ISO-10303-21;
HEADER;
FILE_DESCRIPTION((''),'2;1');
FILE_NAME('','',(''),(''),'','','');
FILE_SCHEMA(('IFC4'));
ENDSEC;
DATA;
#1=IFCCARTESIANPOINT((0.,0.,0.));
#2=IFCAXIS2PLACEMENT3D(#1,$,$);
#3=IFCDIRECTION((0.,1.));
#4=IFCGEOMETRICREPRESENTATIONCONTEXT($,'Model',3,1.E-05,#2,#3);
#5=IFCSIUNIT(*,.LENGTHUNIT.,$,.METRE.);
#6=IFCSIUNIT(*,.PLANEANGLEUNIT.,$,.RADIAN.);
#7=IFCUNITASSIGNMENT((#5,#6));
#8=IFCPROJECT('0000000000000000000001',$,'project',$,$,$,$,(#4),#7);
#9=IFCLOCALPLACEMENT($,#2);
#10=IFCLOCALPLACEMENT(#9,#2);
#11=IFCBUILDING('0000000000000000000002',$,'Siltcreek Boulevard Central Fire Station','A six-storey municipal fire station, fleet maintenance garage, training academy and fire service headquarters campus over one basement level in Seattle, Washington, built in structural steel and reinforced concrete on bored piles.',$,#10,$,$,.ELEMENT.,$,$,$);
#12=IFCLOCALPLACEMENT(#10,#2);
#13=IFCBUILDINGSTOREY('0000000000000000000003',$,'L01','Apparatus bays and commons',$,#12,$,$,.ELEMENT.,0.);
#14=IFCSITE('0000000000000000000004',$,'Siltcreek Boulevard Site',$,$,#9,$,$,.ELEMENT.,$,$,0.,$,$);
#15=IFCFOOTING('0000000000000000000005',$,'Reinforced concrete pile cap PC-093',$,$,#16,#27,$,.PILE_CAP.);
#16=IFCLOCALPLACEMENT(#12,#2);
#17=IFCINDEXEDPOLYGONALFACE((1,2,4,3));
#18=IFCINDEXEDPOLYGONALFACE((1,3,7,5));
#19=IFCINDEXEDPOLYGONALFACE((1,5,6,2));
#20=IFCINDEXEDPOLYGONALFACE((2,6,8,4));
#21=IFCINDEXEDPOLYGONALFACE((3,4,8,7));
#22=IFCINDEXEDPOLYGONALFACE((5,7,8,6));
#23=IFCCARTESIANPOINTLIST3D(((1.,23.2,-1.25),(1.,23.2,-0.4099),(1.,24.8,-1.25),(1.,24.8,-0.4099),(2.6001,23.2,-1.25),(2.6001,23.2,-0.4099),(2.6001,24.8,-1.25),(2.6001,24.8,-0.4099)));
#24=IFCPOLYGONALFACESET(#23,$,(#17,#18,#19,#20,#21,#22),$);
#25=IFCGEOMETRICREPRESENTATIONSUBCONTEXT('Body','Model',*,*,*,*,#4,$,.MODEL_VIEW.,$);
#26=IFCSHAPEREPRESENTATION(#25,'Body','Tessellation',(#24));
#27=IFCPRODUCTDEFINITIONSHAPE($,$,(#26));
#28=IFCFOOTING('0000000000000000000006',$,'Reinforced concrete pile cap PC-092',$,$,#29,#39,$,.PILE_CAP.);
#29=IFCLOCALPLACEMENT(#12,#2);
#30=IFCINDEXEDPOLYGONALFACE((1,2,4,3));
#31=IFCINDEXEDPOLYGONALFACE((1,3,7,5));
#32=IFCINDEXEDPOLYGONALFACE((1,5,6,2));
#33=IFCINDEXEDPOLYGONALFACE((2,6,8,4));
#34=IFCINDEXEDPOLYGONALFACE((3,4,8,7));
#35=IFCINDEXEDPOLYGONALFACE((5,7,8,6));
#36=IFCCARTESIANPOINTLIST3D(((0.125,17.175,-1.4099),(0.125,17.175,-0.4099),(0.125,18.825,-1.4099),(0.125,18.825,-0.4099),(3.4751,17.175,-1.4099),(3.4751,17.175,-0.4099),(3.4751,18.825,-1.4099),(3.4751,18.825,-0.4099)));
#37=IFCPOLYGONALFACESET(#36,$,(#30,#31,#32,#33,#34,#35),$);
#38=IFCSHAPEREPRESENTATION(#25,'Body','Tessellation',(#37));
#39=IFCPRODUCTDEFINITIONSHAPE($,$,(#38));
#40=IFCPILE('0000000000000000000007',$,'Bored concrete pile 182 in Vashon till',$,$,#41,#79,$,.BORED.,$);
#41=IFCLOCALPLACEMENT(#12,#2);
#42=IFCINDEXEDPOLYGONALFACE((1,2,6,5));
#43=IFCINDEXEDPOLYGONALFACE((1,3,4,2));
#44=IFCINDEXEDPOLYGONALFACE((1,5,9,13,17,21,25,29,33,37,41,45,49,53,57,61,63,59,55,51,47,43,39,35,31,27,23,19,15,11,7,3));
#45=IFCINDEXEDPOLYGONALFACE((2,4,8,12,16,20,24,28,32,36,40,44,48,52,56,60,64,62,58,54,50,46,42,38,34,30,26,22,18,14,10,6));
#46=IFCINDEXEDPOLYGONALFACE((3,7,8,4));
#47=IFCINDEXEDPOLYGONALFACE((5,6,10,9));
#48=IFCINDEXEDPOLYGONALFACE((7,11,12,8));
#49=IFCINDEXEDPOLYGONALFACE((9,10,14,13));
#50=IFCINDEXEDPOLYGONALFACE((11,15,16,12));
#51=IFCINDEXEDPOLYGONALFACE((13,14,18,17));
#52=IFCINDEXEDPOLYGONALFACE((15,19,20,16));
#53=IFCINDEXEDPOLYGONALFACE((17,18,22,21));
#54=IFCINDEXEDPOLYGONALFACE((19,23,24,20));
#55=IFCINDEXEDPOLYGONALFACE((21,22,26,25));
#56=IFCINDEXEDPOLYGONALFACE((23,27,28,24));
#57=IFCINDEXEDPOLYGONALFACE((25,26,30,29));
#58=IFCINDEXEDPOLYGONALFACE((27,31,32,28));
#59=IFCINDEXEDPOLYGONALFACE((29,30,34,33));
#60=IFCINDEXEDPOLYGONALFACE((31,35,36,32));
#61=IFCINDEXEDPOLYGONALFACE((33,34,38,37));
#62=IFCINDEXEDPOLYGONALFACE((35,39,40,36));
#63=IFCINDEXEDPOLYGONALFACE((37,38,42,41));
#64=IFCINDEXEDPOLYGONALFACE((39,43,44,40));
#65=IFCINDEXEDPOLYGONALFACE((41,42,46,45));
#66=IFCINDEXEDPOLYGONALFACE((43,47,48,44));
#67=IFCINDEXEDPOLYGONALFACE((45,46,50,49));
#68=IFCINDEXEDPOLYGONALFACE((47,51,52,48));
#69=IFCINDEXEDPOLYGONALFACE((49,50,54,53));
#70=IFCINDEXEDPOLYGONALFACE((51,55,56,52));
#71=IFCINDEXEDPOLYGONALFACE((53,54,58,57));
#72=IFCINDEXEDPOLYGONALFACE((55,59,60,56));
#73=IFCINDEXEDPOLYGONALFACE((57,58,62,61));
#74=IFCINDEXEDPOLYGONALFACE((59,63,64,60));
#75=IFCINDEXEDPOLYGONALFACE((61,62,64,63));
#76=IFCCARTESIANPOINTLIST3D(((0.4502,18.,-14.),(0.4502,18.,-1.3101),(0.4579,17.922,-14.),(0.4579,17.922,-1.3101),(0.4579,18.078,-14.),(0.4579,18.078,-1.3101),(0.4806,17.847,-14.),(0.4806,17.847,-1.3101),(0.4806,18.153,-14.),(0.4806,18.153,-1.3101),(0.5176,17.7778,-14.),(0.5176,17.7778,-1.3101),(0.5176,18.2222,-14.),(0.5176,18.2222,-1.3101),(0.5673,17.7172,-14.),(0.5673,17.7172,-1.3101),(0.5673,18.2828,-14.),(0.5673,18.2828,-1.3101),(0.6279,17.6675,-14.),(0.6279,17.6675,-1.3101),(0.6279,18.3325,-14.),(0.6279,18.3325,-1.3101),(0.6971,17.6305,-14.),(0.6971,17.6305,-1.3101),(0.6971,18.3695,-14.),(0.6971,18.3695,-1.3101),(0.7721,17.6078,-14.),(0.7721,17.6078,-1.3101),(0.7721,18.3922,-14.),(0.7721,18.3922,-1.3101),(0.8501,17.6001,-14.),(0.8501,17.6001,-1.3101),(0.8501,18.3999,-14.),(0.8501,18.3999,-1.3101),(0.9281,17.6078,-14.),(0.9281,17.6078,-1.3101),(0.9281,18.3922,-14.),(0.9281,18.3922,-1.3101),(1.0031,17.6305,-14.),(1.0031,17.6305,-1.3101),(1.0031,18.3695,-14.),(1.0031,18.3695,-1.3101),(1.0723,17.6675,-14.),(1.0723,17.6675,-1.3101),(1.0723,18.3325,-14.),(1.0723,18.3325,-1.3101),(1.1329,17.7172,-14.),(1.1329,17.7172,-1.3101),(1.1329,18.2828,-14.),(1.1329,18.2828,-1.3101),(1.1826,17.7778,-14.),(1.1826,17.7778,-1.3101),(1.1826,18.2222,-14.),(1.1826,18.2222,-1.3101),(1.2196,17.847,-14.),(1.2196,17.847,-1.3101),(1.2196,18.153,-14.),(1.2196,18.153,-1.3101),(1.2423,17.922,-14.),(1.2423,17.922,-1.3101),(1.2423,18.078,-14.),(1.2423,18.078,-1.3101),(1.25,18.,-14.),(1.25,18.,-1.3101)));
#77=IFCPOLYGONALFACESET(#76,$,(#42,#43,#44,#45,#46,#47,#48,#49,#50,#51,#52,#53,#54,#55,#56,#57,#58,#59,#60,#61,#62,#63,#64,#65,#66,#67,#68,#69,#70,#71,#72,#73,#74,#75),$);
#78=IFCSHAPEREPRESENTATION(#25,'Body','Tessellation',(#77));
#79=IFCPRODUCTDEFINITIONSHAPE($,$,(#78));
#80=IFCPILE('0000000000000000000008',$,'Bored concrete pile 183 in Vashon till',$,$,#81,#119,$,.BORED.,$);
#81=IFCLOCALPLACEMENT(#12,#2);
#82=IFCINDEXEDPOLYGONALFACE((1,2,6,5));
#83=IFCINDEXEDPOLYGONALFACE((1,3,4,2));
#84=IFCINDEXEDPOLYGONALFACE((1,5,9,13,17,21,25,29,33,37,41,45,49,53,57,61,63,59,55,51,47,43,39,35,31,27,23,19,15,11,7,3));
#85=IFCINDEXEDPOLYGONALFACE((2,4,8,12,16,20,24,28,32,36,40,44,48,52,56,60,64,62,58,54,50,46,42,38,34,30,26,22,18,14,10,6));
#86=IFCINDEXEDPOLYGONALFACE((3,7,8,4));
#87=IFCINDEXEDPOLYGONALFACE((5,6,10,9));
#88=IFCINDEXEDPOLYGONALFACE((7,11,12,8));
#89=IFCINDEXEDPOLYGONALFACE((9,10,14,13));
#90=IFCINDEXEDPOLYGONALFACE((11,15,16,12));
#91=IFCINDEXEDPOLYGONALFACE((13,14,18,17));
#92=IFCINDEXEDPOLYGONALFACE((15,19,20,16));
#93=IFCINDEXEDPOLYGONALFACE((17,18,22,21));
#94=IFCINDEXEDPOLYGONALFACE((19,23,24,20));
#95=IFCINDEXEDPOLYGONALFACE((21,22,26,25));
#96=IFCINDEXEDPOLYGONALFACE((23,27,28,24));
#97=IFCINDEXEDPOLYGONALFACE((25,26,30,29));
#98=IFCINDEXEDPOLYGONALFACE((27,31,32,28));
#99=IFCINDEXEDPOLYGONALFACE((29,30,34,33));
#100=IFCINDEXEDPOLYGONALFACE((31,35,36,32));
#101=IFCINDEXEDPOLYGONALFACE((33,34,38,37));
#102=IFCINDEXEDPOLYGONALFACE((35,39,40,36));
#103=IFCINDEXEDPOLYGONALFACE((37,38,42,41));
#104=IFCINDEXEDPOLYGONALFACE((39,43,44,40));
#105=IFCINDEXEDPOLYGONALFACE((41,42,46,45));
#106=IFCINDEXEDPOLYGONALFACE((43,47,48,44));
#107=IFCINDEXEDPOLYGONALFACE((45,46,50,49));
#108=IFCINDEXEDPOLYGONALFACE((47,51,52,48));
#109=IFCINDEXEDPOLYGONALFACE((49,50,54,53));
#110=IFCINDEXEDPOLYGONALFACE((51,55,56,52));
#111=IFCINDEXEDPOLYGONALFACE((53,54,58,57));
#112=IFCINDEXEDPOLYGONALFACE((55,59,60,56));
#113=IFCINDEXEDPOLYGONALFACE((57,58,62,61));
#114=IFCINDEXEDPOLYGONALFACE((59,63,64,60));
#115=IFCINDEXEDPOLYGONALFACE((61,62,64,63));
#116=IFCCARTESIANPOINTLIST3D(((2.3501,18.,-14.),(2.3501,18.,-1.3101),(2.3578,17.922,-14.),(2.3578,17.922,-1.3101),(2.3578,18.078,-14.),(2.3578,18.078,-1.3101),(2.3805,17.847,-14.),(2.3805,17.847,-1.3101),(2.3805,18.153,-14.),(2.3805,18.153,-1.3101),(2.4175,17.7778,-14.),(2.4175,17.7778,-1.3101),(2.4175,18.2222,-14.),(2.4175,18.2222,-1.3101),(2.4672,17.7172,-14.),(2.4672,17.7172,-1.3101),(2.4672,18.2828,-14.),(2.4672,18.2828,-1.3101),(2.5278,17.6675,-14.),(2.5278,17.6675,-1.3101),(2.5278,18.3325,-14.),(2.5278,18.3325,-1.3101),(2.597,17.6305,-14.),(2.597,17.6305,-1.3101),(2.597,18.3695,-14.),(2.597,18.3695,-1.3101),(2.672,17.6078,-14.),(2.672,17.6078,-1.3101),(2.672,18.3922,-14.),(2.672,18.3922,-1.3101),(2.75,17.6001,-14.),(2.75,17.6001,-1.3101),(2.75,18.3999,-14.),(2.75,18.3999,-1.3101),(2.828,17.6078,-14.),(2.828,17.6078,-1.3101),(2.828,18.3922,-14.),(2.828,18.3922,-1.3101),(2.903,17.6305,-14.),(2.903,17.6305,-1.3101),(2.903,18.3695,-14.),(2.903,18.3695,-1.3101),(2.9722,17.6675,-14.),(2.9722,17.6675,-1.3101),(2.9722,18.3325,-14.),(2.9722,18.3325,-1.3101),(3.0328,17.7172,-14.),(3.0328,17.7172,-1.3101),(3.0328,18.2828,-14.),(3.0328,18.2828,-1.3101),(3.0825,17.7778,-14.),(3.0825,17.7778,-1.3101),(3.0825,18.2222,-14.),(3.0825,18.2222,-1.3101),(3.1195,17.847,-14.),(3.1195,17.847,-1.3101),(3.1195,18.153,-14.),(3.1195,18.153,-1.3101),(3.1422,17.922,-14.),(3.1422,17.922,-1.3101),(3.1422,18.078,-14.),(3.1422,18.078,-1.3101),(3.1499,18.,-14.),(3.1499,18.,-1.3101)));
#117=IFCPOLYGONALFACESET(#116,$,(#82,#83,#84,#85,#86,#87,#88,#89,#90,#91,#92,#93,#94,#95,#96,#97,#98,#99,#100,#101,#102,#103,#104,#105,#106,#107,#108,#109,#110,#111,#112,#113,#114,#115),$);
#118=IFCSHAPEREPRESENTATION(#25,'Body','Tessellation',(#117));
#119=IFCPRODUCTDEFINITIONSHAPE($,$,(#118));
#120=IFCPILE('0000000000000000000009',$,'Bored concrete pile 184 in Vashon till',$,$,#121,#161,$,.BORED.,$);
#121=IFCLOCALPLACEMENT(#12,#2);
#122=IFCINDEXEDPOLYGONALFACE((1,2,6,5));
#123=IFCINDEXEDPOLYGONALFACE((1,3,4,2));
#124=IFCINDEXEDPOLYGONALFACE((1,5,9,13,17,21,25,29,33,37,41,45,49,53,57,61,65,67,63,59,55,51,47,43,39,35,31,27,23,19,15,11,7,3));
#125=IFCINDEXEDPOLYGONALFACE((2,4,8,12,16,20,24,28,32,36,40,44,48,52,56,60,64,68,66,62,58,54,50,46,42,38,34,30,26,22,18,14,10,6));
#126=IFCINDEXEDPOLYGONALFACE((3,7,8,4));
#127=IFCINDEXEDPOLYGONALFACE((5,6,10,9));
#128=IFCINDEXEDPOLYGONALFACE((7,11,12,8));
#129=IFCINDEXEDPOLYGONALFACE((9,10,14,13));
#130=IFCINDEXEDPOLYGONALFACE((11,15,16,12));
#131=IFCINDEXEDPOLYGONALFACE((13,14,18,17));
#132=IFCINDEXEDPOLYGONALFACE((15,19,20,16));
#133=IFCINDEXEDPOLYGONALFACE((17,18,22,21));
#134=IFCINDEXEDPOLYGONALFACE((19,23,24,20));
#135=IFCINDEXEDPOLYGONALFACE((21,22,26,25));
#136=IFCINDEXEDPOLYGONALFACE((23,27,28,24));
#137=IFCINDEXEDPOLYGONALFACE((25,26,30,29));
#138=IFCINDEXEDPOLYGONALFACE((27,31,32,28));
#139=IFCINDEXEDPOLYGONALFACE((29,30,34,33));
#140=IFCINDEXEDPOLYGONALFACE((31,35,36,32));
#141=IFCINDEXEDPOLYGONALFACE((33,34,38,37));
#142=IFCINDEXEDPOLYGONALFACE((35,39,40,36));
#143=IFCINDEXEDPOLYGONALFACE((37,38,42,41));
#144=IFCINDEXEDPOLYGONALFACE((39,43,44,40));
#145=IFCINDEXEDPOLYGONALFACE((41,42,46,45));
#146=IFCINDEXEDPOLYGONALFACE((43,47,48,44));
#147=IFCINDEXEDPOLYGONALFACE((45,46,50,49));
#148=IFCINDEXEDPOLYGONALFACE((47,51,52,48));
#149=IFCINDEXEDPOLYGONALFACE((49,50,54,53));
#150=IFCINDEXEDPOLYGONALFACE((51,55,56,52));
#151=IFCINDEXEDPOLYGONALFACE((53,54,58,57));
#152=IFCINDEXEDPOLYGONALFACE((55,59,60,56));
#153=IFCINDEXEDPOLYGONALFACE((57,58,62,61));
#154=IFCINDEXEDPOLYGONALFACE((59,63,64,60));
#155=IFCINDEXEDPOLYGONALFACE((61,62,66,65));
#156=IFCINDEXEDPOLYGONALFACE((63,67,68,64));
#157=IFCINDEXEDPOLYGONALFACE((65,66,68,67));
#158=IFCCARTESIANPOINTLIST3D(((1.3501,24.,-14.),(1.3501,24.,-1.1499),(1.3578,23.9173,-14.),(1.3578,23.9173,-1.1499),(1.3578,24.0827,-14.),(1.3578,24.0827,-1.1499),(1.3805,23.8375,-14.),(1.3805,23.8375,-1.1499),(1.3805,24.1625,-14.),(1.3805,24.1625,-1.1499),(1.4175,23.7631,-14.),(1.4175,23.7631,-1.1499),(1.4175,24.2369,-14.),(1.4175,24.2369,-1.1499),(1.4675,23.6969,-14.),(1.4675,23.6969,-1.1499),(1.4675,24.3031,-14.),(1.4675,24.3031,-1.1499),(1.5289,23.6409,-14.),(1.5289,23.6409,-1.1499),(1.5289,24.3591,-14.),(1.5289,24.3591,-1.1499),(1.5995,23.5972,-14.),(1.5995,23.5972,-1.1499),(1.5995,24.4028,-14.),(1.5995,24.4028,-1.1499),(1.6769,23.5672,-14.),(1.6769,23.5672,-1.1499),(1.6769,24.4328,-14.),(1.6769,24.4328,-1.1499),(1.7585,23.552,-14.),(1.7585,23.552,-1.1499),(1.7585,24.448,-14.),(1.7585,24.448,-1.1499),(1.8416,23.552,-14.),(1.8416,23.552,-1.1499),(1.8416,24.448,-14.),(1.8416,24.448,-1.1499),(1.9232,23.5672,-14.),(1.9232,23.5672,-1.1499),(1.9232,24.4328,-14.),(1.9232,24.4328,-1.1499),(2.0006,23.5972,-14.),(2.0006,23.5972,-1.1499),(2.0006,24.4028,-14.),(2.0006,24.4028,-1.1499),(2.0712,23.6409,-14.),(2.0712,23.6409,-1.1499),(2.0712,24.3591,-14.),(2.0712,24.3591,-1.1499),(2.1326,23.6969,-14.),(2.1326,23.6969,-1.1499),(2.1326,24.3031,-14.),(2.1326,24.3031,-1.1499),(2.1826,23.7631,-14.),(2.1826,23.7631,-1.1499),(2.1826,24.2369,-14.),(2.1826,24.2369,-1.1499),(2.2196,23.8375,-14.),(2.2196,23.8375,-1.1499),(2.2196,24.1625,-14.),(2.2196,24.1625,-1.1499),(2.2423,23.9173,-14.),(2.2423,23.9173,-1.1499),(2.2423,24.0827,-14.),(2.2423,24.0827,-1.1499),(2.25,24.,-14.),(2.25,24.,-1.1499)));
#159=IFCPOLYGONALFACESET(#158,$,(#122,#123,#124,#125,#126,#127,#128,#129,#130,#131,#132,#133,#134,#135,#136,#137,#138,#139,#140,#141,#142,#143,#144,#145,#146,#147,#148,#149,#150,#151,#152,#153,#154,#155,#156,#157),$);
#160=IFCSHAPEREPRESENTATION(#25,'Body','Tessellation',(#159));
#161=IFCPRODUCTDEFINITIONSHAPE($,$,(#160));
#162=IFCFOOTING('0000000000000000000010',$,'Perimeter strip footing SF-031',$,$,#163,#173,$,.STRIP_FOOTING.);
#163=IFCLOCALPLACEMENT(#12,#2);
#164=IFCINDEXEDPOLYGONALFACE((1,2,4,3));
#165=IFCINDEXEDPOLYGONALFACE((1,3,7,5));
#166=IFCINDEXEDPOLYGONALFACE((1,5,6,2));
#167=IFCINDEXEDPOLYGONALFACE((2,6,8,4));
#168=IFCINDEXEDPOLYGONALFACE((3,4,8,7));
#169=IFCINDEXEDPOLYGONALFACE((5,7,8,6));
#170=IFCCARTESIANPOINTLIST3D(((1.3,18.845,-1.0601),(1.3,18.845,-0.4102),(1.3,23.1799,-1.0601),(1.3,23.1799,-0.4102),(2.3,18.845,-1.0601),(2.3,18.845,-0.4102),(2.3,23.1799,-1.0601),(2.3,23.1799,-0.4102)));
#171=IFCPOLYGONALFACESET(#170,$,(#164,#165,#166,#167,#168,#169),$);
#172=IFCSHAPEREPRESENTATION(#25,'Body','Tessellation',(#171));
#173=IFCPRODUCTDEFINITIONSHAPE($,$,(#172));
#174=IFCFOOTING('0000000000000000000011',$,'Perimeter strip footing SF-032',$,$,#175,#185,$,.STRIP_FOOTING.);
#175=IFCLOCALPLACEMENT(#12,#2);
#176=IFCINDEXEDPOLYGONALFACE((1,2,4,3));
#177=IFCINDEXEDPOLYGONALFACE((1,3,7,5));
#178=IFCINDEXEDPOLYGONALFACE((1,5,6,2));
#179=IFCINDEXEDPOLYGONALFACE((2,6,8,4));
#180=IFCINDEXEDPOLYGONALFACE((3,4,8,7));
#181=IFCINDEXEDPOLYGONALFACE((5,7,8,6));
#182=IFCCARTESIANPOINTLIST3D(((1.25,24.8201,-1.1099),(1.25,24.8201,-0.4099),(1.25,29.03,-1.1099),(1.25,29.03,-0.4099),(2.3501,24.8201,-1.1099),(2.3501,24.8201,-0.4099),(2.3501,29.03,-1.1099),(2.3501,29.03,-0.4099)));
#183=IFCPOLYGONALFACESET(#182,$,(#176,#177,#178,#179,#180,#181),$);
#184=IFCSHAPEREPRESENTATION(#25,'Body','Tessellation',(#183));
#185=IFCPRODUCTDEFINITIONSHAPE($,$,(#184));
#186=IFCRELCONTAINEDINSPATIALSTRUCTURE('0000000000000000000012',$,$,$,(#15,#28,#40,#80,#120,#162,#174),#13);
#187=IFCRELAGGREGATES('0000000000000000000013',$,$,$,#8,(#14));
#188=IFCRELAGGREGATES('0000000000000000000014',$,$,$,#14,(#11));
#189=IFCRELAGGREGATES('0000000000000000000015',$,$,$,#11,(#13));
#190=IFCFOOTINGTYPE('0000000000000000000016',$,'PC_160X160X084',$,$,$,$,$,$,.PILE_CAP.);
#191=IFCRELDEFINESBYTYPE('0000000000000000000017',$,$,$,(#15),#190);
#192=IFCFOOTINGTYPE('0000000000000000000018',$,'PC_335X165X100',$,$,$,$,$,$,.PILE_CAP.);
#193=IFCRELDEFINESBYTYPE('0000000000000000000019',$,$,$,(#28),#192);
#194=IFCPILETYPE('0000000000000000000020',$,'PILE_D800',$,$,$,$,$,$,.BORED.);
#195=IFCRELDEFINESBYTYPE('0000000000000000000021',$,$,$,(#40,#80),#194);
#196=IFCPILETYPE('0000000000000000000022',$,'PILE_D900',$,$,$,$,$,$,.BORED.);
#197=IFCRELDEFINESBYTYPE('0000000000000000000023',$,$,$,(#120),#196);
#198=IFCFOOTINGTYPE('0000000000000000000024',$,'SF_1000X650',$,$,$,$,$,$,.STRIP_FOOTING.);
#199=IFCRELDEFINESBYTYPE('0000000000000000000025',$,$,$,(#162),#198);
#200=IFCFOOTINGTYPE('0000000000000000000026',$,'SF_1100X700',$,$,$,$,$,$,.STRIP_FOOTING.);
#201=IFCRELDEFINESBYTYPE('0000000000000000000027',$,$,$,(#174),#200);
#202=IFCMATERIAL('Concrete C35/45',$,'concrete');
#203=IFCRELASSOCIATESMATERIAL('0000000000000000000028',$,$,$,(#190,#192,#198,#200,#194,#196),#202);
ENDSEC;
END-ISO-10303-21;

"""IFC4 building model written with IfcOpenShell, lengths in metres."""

from ifc_helpers import new_model, si_unit, direction, frame, origin, origin_2d, place, context, subcontext, project, spatial, rectangle, circle, extrude, material, material_profile, profile_set, type_object, element, save


model = new_model("IFC4")

# Units and contexts
model_context = context("Model", 3, precision=1e-05, world=origin(), true_north=direction((0.0, 1.0)))
body_context = subcontext(model_context, "Body", "Model", "MODEL_VIEW")
ifc_project = project(units=[si_unit("LENGTHUNIT", "METRE"), si_unit("PLANEANGLEUNIT", "RADIAN")], contexts=[model_context])

# Site, building, storey
site_placement = place(None, origin())
site = spatial("IfcSite", under=ifc_project, at=site_placement, Name="Siltcreek Boulevard Site", CompositionType="ELEMENT", RefElevation=0.0)
building_placement = place(site_placement, origin())
building = spatial("IfcBuilding", under=site, at=building_placement, Name="Siltcreek Boulevard Central Fire Station", Description="A six-storey municipal fire station, fleet maintenance garage, training academy and fire service headquarters campus over one basement level in Seattle, Washington, built in structural steel and reinforced concrete on bored piles.", CompositionType="ELEMENT")
storey_placement = place(building_placement, origin())
storey = spatial("IfcBuildingStorey", under=building, at=storey_placement, Name="L01", Description="Apparatus bays and commons", CompositionType="ELEMENT", Elevation=0.0)

# Footings
ifc_material_1 = material(Name="Concrete C35/45", Category="concrete")
footing_type_1 = type_object("IfcFootingType", Name="PC_160X160X084", PredefinedType="PILE_CAP", material=ifc_material_1)
footing_1_placement = place(storey_placement, frame((1.8, 24.0, -1.25), z_axis=(0.0, 0.0, 1.0), x_axis=(1.0, 0.0, 0.0)))
element("IfcFooting", 1, at=footing_1_placement, inside=storey, type_object=footing_type_1, Name="Reinforced concrete pile cap PC-093", PredefinedType="PILE_CAP", context=body_context, shape_type="SweptSolid", body=[
    extrude(rectangle(XDim=1.6001, YDim=1.6001, at=origin_2d()), origin(), (0.0, 0.0, 1.0), 0.8401),
])
footing_type_2 = type_object("IfcFootingType", Name="PC_335X165X100", PredefinedType="PILE_CAP", material=ifc_material_1)
footing_2_placement = place(storey_placement, frame((1.8, 18.0, -1.4099), z_axis=(0.0, 0.0, 1.0), x_axis=(1.0, 0.0, 0.0)))
element("IfcFooting", 2, at=footing_2_placement, inside=storey, type_object=footing_type_2, Name="Reinforced concrete pile cap PC-092", PredefinedType="PILE_CAP", context=body_context, shape_type="SweptSolid", body=[
    extrude(rectangle(XDim=3.3501, YDim=1.6499, at=origin_2d()), origin(), (0.0, 0.0, 1.0), 1.0),
])

# Piles
ifc_material_profile_1 = material_profile(ifc_material_1, circle(Radius=0.3999, at=origin_2d()), Name="SHAFT800")
ifc_profile_set_1 = profile_set([ifc_material_profile_1], Name="Concrete C35/45")
pile_type_1 = type_object("IfcPileType", Name="PILE_D800", PredefinedType="BORED", material=ifc_profile_set_1)
for number, where, z_axis, x_axis, name in (
    (3, (0.8501, 18.0, -1.3101), (0.0, 0.0, -1.0), (1.0, 0.0, 0.0), "Bored concrete pile 182 in Vashon till"),
    (4, (2.75, 18.0, -1.3101), (0.0, 0.0, -1.0), (1.0, 0.0, 0.0), "Bored concrete pile 183 in Vashon till"),
):
    element("IfcPile", number, at=place(storey_placement, frame(where, z_axis=z_axis, x_axis=x_axis)), inside=storey, type_object=pile_type_1, Name=name, PredefinedType="BORED", context=body_context, shape_type="SweptSolid", body=[
        extrude(circle(Radius=0.3999, at=origin_2d()), origin(), (0.0, 0.0, 1.0), 12.6899),
    ])
ifc_material_profile_2 = material_profile(ifc_material_1, circle(Radius=0.45, at=origin_2d()), Name="SHAFT900")
ifc_profile_set_2 = profile_set([ifc_material_profile_2], Name="Concrete C35/45")
pile_type_2 = type_object("IfcPileType", Name="PILE_D900", PredefinedType="BORED", material=ifc_profile_set_2)
pile_placement = place(storey_placement, frame((1.8, 24.0, -1.1499), z_axis=(0.0, 0.0, -1.0), x_axis=(1.0, 0.0, 0.0)))
element("IfcPile", 5, at=pile_placement, inside=storey, type_object=pile_type_2, Name="Bored concrete pile 184 in Vashon till", PredefinedType="BORED", context=body_context, shape_type="SweptSolid", body=[
    extrude(circle(Radius=0.45, at=origin_2d()), origin(), (0.0, 0.0, 1.0), 12.8501),
])

# Footings
footing_type_3 = type_object("IfcFootingType", Name="SF_1000X650", PredefinedType="STRIP_FOOTING", material=ifc_material_1)
footing_3_placement = place(storey_placement, frame((1.8, 21.0125, -1.0601), z_axis=(0.0, 0.0, 1.0), x_axis=(1.0, 0.0, 0.0)))
element("IfcFooting", 6, at=footing_3_placement, inside=storey, type_object=footing_type_3, Name="Perimeter strip footing SF-031", PredefinedType="STRIP_FOOTING", context=body_context, shape_type="SweptSolid", body=[
    extrude(rectangle(XDim=1.0, YDim=4.335, at=origin_2d()), origin(), (0.0, 0.0, 1.0), 0.6499),
])
footing_type_4 = type_object("IfcFootingType", Name="SF_1100X700", PredefinedType="STRIP_FOOTING", material=ifc_material_1)
footing_4_placement = place(storey_placement, frame((1.8, 26.925, -1.1099), z_axis=(0.0, 0.0, 1.0), x_axis=(1.0, 0.0, 0.0)))
element("IfcFooting", 7, at=footing_4_placement, inside=storey, type_object=footing_type_4, Name="Perimeter strip footing SF-032", PredefinedType="STRIP_FOOTING", context=body_context, shape_type="SweptSolid", body=[
    extrude(rectangle(XDim=1.1001, YDim=4.21, at=origin_2d()), origin(), (0.0, 0.0, 1.0), 0.7),
])

save(model, "model.ifc")
